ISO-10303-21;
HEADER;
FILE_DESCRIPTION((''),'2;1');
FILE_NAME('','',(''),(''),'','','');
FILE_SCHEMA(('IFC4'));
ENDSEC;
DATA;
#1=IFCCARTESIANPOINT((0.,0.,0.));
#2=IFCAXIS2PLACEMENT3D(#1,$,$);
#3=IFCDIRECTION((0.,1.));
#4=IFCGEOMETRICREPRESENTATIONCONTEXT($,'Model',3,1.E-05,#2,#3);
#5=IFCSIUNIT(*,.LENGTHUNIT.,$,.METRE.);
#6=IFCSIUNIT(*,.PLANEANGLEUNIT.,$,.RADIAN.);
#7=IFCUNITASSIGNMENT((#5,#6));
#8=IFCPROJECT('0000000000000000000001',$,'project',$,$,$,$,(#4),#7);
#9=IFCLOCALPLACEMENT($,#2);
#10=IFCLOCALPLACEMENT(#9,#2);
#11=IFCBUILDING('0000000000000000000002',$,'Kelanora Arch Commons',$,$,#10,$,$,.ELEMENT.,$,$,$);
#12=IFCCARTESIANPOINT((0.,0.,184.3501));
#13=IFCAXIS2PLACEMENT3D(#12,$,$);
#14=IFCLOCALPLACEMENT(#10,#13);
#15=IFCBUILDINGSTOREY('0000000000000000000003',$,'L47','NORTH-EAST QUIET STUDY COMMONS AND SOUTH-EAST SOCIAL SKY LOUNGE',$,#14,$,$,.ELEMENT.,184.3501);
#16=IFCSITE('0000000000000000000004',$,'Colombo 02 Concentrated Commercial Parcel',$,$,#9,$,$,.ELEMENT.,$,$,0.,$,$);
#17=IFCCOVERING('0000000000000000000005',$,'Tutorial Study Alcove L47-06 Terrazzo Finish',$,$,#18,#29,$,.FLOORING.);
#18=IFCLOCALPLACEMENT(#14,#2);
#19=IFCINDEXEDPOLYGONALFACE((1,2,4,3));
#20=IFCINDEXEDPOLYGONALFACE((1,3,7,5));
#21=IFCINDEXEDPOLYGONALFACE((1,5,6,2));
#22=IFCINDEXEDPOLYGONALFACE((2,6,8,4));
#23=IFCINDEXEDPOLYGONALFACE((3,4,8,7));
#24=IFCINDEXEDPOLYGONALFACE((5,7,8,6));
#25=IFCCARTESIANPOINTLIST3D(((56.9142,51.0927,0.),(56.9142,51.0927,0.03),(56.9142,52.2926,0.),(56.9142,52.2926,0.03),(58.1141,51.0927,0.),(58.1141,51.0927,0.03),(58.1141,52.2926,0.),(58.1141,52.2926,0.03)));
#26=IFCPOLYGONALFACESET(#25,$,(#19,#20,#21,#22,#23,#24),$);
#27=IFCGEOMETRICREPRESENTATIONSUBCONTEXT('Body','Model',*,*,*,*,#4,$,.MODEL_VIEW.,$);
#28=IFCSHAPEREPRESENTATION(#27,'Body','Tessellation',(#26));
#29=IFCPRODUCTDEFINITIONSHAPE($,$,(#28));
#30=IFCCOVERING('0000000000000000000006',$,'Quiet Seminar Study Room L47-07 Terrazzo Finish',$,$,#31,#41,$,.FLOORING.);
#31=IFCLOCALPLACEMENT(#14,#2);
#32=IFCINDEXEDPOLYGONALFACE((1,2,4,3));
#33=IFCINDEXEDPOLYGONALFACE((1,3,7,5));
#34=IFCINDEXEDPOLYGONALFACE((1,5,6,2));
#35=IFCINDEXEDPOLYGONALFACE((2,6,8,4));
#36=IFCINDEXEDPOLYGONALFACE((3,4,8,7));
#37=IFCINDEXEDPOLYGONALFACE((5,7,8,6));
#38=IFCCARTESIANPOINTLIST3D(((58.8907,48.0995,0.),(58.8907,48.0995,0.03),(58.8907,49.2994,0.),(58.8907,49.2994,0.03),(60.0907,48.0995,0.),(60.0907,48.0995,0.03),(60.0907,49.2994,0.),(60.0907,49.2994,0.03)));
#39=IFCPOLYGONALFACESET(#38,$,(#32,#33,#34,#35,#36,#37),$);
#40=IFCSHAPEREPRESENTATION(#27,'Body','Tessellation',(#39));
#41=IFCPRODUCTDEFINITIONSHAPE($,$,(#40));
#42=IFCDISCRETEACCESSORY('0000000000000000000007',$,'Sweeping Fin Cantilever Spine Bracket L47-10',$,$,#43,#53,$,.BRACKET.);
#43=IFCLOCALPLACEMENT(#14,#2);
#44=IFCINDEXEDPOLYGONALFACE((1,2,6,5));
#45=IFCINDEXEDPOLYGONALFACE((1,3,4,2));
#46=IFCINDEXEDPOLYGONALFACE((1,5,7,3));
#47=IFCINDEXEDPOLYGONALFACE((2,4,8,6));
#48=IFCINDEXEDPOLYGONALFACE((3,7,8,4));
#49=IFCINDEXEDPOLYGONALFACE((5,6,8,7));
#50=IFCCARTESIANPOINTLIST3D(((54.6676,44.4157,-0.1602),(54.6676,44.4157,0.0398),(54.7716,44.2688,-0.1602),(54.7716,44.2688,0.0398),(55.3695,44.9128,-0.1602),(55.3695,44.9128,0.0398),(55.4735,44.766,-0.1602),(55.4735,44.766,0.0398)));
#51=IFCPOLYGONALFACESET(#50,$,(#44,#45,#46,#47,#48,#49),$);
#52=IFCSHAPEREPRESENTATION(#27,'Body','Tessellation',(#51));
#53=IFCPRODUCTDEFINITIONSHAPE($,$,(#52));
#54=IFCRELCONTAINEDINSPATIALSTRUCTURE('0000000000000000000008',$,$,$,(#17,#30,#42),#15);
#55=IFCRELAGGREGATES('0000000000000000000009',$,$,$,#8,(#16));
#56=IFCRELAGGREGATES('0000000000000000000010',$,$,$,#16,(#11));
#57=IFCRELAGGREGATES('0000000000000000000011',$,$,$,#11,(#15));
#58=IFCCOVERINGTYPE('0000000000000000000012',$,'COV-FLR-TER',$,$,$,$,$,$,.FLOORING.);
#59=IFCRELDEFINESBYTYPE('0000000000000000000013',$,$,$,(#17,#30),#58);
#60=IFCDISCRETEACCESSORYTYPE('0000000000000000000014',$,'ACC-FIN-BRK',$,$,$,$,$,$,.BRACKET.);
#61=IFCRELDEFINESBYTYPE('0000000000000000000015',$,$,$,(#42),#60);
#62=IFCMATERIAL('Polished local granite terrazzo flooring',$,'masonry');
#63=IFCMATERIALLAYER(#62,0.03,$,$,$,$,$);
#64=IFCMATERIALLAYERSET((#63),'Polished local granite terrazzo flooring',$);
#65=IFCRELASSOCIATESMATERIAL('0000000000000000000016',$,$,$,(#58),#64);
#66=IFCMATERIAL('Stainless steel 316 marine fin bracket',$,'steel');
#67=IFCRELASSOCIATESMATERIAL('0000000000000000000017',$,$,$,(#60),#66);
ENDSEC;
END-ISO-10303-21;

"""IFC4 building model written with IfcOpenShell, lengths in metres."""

from ifc_helpers import new_model, si_unit, direction, frame, origin, origin_2d, place, context, subcontext, project, spatial, rectangle, extrude, source, transform, mapped, material, layer, layer_set, type_object, element, save


model = new_model("IFC4")

# Units and contexts
model_context = context("Model", 3, precision=1e-05, world=origin(), true_north=direction((0.0, 1.0)))
body_context = subcontext(model_context, "Body", "Model", "MODEL_VIEW")
ifc_project = project(units=[si_unit("LENGTHUNIT", "METRE"), si_unit("PLANEANGLEUNIT", "RADIAN")], contexts=[model_context])

# Site, building, storey
site_placement = place(None, origin())
site = spatial("IfcSite", under=ifc_project, at=site_placement, Name="Colombo 02 Concentrated Commercial Parcel", CompositionType="ELEMENT", RefElevation=0.0)
building_placement = place(site_placement, origin())
building = spatial("IfcBuilding", under=site, at=building_placement, Name="Kelanora Arch Commons", CompositionType="ELEMENT")
storey_placement = place(building_placement, frame((0.0, 0.0, 184.3501)))
storey = spatial("IfcBuildingStorey", under=building, at=storey_placement, Name="L47", Description="NORTH-EAST QUIET STUDY COMMONS AND SOUTH-EAST SOCIAL SKY LOUNGE", CompositionType="ELEMENT", Elevation=184.3501)

# Coverings
ifc_material_1 = material(Name="Polished local granite terrazzo flooring", Category="masonry")
ifc_layer_1 = layer(ifc_material_1, 0.03)
ifc_layer_set_1 = layer_set([ifc_layer_1], Name="Polished local granite terrazzo flooring")
covering_type = type_object("IfcCoveringType", Name="COV-FLR-TER", PredefinedType="FLOORING", material=ifc_layer_set_1)
shared_shape_1 = source(origin(), body_context, "Body", "SweptSolid", [
    extrude(rectangle(XDim=1.2, YDim=1.2, at=origin_2d()), origin(), (0.0, 0.0, 1.0), 0.03),
])
for number, where, z_axis, x_axis, name in (
    (1, (57.5142, 51.6926, 0.0), (0.0, 0.0, 1.0), (1.0, 0.0, 0.0), "Tutorial Study Alcove L47-06 Terrazzo Finish"),
    (2, (59.4907, 48.6995, 0.0), (0.0, 0.0, 1.0), (1.0, 0.0, 0.0), "Quiet Seminar Study Room L47-07 Terrazzo Finish"),
):
    element("IfcCovering", number, at=place(storey_placement, frame(where, z_axis=z_axis, x_axis=x_axis)), inside=storey, type_object=covering_type, Name=name, PredefinedType="FLOORING", context=body_context, shape_type="MappedRepresentation", body=[
        mapped(shared_shape_1, transform((0.0, 0.0, 0.0), scale=1.0)),
    ])

# Discrete accessory
ifc_material_2 = material(Name="Stainless steel 316 marine fin bracket", Category="steel")
discrete_accessory_type = type_object("IfcDiscreteAccessoryType", Name="ACC-FIN-BRK", PredefinedType="BRACKET", material=ifc_material_2)
shared_shape_2 = source(origin(), body_context, "Body", "SweptSolid", [
    extrude(rectangle(XDim=0.8601, YDim=0.1799, at=origin_2d()), origin(), (0.0, 0.0, 1.0), 0.2),
])
discrete_accessory_placement = place(storey_placement, frame((55.0706, 44.5908, -0.1602), z_axis=(0.0, 0.0, 1.0), x_axis=(-0.816037, -0.578, 0.0)))
element("IfcDiscreteAccessory", 3, at=discrete_accessory_placement, inside=storey, type_object=discrete_accessory_type, Name="Sweeping Fin Cantilever Spine Bracket L47-10", PredefinedType="BRACKET", context=body_context, shape_type="MappedRepresentation", body=[
    mapped(shared_shape_2, transform((0.0, 0.0, 0.0), scale=1.0)),
])

save(model, "model.ifc")
